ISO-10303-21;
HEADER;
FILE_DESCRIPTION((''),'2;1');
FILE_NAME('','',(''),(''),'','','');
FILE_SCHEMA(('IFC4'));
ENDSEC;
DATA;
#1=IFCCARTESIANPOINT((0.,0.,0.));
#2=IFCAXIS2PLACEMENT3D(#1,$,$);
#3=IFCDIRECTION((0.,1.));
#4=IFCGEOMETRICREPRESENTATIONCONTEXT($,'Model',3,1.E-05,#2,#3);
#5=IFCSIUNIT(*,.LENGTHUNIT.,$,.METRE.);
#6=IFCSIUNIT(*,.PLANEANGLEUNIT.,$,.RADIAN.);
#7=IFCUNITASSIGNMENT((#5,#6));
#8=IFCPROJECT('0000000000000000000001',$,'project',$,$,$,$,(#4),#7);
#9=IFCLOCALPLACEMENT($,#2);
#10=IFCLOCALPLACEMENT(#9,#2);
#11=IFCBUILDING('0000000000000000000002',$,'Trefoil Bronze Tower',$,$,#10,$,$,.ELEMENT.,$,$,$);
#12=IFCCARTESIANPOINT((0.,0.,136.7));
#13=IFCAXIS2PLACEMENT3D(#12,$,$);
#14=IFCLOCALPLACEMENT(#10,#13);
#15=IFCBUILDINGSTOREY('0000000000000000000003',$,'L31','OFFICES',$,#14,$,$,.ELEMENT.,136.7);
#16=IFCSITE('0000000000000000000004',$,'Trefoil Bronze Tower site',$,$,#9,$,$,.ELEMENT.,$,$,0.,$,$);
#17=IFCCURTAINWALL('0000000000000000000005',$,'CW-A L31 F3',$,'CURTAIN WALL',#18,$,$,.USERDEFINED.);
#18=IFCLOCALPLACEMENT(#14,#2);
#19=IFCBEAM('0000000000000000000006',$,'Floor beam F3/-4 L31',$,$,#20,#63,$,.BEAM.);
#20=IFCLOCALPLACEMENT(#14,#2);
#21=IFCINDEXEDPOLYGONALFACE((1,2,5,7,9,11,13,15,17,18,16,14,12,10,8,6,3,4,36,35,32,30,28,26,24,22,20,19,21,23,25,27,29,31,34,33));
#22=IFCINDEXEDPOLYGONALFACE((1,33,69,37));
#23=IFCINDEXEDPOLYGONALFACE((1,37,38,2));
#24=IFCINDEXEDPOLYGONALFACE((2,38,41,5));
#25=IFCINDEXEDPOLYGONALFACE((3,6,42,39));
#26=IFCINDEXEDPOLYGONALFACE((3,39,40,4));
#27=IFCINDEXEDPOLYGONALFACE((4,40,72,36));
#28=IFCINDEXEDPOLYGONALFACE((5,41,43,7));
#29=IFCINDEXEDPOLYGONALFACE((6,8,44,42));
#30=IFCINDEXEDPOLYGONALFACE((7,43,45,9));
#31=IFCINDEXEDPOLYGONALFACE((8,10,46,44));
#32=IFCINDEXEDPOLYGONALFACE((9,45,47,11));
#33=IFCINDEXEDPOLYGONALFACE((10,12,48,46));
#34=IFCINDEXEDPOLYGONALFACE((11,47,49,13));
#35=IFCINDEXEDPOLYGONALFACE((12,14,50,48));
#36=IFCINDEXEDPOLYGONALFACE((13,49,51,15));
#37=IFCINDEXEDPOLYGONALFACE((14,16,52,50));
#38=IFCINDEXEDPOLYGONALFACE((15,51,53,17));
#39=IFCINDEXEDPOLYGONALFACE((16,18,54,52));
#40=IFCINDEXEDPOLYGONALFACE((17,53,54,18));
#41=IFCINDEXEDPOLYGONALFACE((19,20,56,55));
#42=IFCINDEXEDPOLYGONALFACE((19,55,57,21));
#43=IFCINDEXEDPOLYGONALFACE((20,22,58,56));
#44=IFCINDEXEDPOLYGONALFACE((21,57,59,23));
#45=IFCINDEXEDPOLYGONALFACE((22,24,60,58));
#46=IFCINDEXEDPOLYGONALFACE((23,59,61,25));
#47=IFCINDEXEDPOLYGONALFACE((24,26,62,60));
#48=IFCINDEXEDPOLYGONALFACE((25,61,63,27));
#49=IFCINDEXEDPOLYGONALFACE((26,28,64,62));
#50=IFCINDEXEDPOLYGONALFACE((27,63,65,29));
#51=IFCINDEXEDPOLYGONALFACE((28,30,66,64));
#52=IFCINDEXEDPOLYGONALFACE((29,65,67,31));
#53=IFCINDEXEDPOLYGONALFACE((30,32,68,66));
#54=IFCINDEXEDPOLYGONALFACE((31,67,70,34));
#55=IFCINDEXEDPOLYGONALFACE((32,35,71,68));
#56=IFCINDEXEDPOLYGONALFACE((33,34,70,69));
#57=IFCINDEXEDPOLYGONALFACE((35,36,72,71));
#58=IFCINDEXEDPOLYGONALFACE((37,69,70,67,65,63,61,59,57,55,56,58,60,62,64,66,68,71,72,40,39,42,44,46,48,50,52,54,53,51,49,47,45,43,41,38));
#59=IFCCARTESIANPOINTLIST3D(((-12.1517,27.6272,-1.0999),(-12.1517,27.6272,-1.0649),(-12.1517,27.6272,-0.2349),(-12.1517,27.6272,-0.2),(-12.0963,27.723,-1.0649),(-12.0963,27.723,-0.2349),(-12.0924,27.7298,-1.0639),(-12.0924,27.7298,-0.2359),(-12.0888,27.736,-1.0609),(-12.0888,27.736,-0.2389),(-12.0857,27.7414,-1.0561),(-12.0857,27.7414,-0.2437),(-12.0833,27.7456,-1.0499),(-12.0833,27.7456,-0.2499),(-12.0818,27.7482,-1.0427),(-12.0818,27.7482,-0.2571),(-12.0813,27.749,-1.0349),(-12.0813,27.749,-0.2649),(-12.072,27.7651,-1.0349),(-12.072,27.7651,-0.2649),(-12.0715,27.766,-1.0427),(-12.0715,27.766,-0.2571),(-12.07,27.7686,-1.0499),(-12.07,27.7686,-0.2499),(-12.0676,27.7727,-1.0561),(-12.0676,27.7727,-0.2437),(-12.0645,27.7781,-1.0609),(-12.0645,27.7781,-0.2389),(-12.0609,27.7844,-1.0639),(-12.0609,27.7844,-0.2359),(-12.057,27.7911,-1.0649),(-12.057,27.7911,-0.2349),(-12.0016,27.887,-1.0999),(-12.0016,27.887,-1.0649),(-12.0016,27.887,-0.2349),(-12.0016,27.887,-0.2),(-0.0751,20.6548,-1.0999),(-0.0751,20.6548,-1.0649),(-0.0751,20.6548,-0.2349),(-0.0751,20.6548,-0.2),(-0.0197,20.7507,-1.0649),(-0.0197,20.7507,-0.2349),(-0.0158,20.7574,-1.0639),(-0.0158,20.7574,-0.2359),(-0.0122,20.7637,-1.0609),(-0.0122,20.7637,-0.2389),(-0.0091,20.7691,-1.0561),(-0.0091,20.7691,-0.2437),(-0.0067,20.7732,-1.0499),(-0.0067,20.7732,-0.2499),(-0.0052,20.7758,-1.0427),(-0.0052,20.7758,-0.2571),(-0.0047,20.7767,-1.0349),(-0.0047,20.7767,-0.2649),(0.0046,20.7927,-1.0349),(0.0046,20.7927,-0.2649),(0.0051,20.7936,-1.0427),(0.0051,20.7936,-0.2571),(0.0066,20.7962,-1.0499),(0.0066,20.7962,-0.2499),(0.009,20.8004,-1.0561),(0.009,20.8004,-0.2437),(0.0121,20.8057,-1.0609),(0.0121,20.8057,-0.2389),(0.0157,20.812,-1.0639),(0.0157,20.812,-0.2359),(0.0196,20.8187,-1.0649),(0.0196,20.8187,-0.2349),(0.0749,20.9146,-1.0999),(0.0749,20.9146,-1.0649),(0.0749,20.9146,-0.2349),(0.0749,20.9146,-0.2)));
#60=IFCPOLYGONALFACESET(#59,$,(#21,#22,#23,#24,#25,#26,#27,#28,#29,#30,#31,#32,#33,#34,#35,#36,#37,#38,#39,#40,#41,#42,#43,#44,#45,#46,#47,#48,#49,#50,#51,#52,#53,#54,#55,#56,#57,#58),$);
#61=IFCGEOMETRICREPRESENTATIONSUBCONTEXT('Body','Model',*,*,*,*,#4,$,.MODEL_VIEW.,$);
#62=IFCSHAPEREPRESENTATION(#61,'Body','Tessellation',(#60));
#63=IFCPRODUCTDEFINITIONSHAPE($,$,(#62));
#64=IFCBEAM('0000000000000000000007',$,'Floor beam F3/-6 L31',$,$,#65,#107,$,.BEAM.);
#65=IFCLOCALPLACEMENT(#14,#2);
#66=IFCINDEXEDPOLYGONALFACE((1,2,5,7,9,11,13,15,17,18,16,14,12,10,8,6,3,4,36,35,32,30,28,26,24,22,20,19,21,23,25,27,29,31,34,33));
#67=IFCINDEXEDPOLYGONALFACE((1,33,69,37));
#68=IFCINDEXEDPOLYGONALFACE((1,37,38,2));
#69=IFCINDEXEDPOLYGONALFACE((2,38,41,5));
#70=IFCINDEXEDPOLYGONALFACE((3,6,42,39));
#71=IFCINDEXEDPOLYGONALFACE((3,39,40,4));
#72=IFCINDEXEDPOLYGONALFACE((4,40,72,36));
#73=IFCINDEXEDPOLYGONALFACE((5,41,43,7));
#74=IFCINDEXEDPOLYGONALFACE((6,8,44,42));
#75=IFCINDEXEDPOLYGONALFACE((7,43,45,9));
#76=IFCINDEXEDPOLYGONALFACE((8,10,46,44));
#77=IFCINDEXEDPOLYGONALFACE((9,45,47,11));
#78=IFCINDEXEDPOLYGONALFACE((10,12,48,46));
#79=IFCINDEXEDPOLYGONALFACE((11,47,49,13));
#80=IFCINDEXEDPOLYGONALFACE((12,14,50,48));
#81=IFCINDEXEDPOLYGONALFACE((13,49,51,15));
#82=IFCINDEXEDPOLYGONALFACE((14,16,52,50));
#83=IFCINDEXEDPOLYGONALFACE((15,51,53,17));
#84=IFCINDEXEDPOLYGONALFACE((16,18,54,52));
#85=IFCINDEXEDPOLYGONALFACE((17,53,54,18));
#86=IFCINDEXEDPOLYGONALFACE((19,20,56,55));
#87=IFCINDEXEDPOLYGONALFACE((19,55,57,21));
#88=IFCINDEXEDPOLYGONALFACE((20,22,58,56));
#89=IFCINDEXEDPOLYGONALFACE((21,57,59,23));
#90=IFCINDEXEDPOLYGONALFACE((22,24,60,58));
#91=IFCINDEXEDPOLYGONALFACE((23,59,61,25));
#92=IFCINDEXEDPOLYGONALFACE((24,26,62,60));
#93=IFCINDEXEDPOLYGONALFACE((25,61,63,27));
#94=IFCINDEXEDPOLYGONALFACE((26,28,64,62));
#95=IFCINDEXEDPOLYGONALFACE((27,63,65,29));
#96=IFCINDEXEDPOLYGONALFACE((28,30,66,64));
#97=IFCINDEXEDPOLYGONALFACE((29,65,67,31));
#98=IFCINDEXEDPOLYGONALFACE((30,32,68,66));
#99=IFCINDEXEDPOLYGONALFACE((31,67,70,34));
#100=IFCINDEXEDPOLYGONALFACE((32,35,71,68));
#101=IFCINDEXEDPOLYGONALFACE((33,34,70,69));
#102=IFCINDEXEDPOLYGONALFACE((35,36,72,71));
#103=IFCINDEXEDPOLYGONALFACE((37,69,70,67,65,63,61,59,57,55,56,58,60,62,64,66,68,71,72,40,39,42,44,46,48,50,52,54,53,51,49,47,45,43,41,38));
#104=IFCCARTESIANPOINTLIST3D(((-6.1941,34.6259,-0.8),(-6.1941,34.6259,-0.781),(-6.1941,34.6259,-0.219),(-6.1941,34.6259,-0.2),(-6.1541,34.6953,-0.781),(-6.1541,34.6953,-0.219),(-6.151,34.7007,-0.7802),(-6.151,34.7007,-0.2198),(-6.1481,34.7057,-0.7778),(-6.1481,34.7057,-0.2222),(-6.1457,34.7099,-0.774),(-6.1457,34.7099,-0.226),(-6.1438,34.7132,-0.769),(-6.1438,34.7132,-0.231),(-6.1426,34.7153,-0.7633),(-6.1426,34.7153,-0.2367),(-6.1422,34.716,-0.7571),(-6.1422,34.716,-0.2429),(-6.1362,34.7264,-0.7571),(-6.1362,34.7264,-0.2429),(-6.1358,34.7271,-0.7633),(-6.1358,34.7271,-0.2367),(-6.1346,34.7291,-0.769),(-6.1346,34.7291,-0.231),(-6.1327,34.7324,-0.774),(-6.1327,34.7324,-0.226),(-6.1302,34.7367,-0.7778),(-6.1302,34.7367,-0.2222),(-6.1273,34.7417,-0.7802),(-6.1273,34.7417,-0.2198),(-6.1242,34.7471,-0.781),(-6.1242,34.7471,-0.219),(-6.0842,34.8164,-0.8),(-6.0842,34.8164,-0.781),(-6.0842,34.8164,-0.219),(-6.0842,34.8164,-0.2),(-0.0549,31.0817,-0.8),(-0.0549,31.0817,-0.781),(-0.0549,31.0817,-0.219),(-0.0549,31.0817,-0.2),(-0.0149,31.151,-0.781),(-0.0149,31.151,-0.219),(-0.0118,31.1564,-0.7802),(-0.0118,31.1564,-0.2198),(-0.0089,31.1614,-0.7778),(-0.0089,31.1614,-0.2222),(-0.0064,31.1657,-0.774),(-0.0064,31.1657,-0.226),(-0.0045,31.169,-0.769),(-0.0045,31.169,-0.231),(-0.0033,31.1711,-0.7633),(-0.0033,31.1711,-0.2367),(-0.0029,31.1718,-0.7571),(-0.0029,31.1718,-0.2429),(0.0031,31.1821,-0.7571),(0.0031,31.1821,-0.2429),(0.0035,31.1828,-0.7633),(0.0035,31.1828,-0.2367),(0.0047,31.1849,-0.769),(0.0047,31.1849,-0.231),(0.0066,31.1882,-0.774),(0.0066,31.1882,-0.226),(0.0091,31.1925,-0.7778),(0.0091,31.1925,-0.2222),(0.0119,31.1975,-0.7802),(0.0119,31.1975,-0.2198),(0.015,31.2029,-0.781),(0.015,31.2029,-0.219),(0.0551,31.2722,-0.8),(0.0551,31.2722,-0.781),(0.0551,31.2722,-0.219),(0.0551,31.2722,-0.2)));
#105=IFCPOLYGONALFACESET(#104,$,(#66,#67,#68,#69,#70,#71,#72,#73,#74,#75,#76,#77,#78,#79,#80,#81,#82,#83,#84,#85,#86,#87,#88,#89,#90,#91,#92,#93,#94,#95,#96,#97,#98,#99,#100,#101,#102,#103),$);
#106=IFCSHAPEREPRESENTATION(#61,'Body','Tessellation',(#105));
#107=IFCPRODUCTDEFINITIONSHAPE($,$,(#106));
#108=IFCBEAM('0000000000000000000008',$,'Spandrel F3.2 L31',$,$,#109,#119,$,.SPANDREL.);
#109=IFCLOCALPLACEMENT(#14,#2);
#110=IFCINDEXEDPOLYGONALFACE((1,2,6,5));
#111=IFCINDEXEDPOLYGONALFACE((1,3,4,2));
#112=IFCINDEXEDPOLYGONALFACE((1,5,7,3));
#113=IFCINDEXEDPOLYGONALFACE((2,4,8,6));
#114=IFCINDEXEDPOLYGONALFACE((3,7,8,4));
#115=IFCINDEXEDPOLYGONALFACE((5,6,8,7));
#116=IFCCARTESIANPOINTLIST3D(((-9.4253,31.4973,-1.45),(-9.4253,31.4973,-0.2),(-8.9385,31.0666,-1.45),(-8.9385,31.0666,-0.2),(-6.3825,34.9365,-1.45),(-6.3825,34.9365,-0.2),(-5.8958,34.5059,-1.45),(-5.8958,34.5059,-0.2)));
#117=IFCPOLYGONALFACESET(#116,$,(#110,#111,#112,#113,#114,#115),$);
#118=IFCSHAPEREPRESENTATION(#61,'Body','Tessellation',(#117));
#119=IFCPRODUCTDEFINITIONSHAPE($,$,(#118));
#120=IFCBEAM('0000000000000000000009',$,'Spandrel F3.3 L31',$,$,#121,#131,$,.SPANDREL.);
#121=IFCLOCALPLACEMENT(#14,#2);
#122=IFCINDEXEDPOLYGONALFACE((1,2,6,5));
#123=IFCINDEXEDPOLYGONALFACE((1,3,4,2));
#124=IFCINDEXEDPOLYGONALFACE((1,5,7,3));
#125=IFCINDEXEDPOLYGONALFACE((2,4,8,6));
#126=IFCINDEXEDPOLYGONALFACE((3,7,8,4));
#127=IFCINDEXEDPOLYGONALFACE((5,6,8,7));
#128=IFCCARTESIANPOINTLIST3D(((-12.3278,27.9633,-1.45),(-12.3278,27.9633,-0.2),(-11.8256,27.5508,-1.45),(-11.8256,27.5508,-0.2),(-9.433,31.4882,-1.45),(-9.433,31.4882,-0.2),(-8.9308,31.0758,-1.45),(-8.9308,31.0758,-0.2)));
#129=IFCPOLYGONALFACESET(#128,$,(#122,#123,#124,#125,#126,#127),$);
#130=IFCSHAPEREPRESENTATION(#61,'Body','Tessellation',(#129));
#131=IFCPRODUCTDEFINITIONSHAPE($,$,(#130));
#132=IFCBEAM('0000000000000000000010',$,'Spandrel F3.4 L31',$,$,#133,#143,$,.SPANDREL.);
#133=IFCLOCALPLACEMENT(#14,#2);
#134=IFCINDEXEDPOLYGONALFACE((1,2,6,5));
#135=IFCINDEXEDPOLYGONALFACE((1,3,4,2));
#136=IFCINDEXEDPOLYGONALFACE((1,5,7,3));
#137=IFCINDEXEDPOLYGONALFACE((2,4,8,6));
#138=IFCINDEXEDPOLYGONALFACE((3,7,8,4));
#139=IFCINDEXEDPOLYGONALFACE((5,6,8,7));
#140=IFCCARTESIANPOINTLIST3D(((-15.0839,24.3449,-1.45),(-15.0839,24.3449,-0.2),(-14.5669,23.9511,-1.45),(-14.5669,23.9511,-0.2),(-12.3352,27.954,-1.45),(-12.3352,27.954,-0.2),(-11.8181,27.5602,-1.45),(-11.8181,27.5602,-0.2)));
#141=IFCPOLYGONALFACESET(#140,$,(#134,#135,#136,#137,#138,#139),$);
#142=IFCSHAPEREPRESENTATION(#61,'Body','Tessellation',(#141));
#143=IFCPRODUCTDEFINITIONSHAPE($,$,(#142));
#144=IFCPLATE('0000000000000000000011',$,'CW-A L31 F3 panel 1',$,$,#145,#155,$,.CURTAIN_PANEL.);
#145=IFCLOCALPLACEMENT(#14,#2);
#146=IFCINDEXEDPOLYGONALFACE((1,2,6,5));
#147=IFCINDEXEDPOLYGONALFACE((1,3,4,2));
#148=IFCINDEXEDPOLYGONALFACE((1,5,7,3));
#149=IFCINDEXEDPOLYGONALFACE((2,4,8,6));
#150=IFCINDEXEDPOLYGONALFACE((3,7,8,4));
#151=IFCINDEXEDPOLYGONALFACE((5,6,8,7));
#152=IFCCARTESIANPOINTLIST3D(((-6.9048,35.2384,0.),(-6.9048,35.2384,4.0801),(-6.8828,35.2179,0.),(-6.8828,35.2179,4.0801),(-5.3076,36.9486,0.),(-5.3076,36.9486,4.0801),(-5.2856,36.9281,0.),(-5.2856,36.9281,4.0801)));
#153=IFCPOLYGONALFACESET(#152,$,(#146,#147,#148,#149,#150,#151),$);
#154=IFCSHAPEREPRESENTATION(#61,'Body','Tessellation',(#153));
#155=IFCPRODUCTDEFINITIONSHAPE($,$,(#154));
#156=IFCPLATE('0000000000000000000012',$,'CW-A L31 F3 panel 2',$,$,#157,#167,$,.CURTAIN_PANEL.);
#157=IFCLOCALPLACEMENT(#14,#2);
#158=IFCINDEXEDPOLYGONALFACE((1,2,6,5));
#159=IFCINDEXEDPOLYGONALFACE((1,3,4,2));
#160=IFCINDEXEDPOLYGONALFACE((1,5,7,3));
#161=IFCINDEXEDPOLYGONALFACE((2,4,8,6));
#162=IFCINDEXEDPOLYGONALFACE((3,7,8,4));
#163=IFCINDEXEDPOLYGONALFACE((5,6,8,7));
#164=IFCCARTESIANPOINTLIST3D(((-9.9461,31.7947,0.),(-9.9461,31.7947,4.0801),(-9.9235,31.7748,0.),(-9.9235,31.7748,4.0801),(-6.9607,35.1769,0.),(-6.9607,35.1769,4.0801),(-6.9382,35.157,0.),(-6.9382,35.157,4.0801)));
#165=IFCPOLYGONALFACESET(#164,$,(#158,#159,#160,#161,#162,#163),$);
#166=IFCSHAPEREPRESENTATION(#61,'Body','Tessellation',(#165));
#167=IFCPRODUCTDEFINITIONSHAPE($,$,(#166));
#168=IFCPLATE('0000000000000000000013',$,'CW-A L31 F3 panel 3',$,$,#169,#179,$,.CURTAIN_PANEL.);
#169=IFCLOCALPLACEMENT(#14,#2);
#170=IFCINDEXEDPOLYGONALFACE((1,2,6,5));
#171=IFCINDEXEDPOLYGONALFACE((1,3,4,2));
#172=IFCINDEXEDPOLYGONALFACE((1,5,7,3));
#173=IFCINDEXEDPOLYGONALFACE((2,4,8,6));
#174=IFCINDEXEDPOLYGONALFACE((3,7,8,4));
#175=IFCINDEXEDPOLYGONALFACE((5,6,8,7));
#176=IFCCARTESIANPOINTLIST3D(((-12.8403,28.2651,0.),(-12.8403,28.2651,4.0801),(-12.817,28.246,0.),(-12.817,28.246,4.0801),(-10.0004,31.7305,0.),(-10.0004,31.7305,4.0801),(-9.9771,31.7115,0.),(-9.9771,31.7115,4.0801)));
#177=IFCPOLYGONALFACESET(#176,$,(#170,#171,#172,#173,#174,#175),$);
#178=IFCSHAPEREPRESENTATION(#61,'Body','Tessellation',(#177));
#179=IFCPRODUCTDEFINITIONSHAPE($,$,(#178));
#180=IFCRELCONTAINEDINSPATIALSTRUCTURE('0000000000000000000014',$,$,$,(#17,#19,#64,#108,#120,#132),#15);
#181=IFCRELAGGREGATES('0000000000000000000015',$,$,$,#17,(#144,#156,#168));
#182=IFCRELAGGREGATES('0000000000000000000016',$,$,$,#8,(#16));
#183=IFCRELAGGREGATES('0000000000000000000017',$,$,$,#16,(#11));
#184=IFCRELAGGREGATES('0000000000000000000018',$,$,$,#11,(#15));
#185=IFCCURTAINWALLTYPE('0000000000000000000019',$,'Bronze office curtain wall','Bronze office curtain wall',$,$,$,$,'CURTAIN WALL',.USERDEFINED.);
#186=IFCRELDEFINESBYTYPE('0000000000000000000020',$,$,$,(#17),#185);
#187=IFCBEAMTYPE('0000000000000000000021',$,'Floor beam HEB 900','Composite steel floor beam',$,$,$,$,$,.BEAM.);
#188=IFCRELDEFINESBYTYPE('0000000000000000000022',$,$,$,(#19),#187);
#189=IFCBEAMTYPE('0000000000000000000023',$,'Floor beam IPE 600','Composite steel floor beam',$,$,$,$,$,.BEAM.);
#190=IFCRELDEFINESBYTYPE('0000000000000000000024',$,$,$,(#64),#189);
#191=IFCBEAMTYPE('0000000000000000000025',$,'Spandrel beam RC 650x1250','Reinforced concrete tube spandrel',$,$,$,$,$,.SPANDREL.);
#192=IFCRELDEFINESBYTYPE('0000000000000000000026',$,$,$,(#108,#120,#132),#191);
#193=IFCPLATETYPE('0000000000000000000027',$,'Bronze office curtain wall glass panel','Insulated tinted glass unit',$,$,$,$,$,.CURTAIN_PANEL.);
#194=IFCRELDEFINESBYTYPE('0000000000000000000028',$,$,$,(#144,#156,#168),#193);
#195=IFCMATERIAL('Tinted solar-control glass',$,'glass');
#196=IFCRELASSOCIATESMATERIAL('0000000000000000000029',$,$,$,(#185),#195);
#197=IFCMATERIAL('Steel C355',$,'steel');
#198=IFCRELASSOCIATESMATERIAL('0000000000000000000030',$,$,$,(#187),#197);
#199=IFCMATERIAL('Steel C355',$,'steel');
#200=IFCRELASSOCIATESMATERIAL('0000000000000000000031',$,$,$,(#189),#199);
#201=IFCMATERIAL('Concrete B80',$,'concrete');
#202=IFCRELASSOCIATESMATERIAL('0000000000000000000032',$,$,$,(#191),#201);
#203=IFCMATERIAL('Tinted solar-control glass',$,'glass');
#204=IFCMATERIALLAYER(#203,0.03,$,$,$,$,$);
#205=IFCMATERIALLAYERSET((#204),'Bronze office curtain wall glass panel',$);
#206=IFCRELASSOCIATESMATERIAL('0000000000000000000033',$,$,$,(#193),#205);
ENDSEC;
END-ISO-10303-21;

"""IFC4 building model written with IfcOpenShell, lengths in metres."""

from ifc_helpers import new_model, si_unit, direction, frame, origin, origin_2d, place, context, subcontext, project, spatial, rectangle, i_section, extrude, material, layer, layer_set, material_profile, profile_set, type_object, element, aggregate, save


model = new_model("IFC4")

# Units and contexts
model_context = context("Model", 3, precision=1e-05, world=origin(), true_north=direction((0.0, 1.0)))
body_context = subcontext(model_context, "Body", "Model", "MODEL_VIEW")
ifc_project = project(units=[si_unit("LENGTHUNIT", "METRE"), si_unit("PLANEANGLEUNIT", "RADIAN")], contexts=[model_context])

# Site, building, storey
site_placement = place(None, origin())
site = spatial("IfcSite", under=ifc_project, at=site_placement, Name="Trefoil Bronze Tower site", CompositionType="ELEMENT", RefElevation=0.0)
building_placement = place(site_placement, origin())
building = spatial("IfcBuilding", under=site, at=building_placement, Name="Trefoil Bronze Tower", CompositionType="ELEMENT")
storey_placement = place(building_placement, frame((0.0, 0.0, 136.7)))
storey = spatial("IfcBuildingStorey", under=building, at=storey_placement, Name="L31", Description="OFFICES", CompositionType="ELEMENT", Elevation=136.7)

# Curtain wall
ifc_material_1 = material(Name="Tinted solar-control glass", Category="glass")
curtain_wall_type_1 = type_object("IfcCurtainWallType", Name="Bronze office curtain wall", Description="Bronze office curtain wall", ElementType="CURTAIN WALL", PredefinedType="USERDEFINED", material=ifc_material_1)
curtain_wall_1_placement = place(storey_placement, origin())
curtain_wall_1 = element("IfcCurtainWall", 1, at=curtain_wall_1_placement, inside=storey, type_object=curtain_wall_type_1, Name="CW-A L31 F3", ObjectType="CURTAIN WALL", PredefinedType="USERDEFINED")

# Beams
ifc_material_2 = material(Name="Steel C355", Category="steel")
ifc_material_profile_1 = material_profile(ifc_material_2, i_section(OverallWidth=0.3, OverallDepth=0.8999, WebThickness=0.0186, FlangeThickness=0.0349, FilletRadius=0.03, at=origin_2d()), Name="HEB 900")
ifc_profile_set_1 = profile_set([ifc_material_profile_1], Name="Steel C355")
beam_type_1 = type_object("IfcBeamType", Name="Floor beam HEB 900", Description="Composite steel floor beam", PredefinedType="BEAM", material=ifc_profile_set_1)
beam_1_placement = place(storey_placement, frame((-12.0767, 27.7571, -0.6499), z_axis=(0.866027, -0.499997, 0.0), x_axis=(0.499997, 0.866027, 0.0)))
element("IfcBeam", 2, at=beam_1_placement, inside=storey, type_object=beam_type_1, Name="Floor beam F3/-4 L31", PredefinedType="BEAM", context=body_context, shape_type="SweptSolid", body=[
    extrude(i_section(OverallWidth=0.3, OverallDepth=0.8999, WebThickness=0.0186, FlangeThickness=0.0349, FilletRadius=0.03, at=origin_2d()), origin(), (0.0, 0.0, 1.0), 13.9448),
])
ifc_material_3 = material(Name="Steel C355", Category="steel")
ifc_material_profile_2 = material_profile(ifc_material_3, i_section(OverallWidth=0.22, OverallDepth=0.6001, WebThickness=0.012, FlangeThickness=0.019, FilletRadius=0.0239, at=origin_2d()), Name="IPE 600")
ifc_profile_set_2 = profile_set([ifc_material_profile_2], Name="Steel C355")
beam_type_2 = type_object("IfcBeamType", Name="Floor beam IPE 600", Description="Composite steel floor beam", PredefinedType="BEAM", material=ifc_profile_set_2)
beam_2_placement = place(storey_placement, frame((-6.1392, 34.7212, -0.5), z_axis=(0.866041, -0.499973, 0.0), x_axis=(0.499973, 0.866041, 0.0)))
element("IfcBeam", 3, at=beam_2_placement, inside=storey, type_object=beam_type_2, Name="Floor beam F3/-6 L31", PredefinedType="BEAM", context=body_context, shape_type="SweptSolid", body=[
    extrude(i_section(OverallWidth=0.22, OverallDepth=0.6001, WebThickness=0.012, FlangeThickness=0.019, FilletRadius=0.0239, at=origin_2d()), origin(), (0.0, 0.0, 1.0), 7.0889),
])
ifc_material_4 = material(Name="Concrete B80", Category="concrete")
ifc_material_profile_3 = material_profile(ifc_material_4, rectangle(XDim=0.6499, YDim=1.25, at=origin_2d()), Name="RC 650x1250")
ifc_profile_set_3 = profile_set([ifc_material_profile_3], Name="Concrete B80")
beam_type_3 = type_object("IfcBeamType", Name="Spandrel beam RC 650x1250", Description="Reinforced concrete tube spandrel", PredefinedType="SPANDREL", material=ifc_profile_set_3)
beam_3_placement = place(storey_placement, frame((-6.1392, 34.7212, -0.825), z_axis=(-0.662616, -0.748959, 0.0), x_axis=(0.748959, -0.662616, 0.0)))
element("IfcBeam", 4, at=beam_3_placement, inside=storey, type_object=beam_type_3, Name="Spandrel F3.2 L31", PredefinedType="SPANDREL", context=body_context, shape_type="SweptSolid", body=[
    extrude(rectangle(XDim=0.6499, YDim=1.25, at=origin_2d()), origin(), (0.0, 0.0, 1.0), 4.592),
])
beam_4_placement = place(storey_placement, frame((-9.1819, 31.282, -0.825), z_axis=(-0.63465, -0.772799, 0.0), x_axis=(0.772799, -0.63465, 0.0)))
element("IfcBeam", 5, at=beam_4_placement, inside=storey, type_object=beam_type_3, Name="Spandrel F3.3 L31", PredefinedType="SPANDREL", context=body_context, shape_type="SweptSolid", body=[
    extrude(rectangle(XDim=0.6499, YDim=1.25, at=origin_2d()), origin(), (0.0, 0.0, 1.0), 4.5613),
])
beam_5_placement = place(storey_placement, frame((-12.0767, 27.7571, -0.825), z_axis=(-0.605899, -0.795542, 0.0), x_axis=(0.795542, -0.605899, 0.0)))
element("IfcBeam", 6, at=beam_5_placement, inside=storey, type_object=beam_type_3, Name="Spandrel F3.4 L31", PredefinedType="SPANDREL", context=body_context, shape_type="SweptSolid", body=[
    extrude(rectangle(XDim=0.6499, YDim=1.25, at=origin_2d()), origin(), (0.0, 0.0, 1.0), 4.5366),
])

# Plates
ifc_material_5 = material(Name="Tinted solar-control glass", Category="glass")
ifc_layer_1 = layer(ifc_material_5, 0.03)
ifc_layer_set_1 = layer_set([ifc_layer_1], Name="Bronze office curtain wall glass panel")
plate_type_1 = type_object("IfcPlateType", Name="Bronze office curtain wall glass panel", Description="Insulated tinted glass unit", PredefinedType="CURTAIN_PANEL", material=ifc_layer_set_1)
plate_1_placement = place(storey_placement, frame((-6.0952, 36.0833, 0.0), z_axis=(0.0, 0.0, 1.0), x_axis=(-0.682536, -0.730852, 0.0)))
plate_1 = element("IfcPlate", 7, at=plate_1_placement, type_object=plate_type_1, Name="CW-A L31 F3 panel 1", PredefinedType="CURTAIN_PANEL", context=body_context, shape_type="SweptSolid", body=[
    extrude(rectangle(XDim=2.3401, YDim=0.03, at=origin_2d()), origin(), (0.0, 0.0, 1.0), 4.0801),
])
plate_2_placement = place(storey_placement, frame((-8.4421, 33.4758, 0.0), z_axis=(0.0, 0.0, 1.0), x_axis=(-0.661751, -0.749723, 0.0)))
plate_2 = element("IfcPlate", 8, at=plate_2_placement, type_object=plate_type_1, Name="CW-A L31 F3 panel 2", PredefinedType="CURTAIN_PANEL", context=body_context, shape_type="SweptSolid", body=[
    extrude(rectangle(XDim=4.5112, YDim=0.03, at=origin_2d()), origin(), (0.0, 0.0, 1.0), 4.0801),
])
plate_3_placement = place(storey_placement, frame((-11.4087, 29.9883, 0.0), z_axis=(0.0, 0.0, 1.0), x_axis=(-0.63384, -0.773464, 0.0)))
plate_3 = element("IfcPlate", 9, at=plate_3_placement, type_object=plate_type_1, Name="CW-A L31 F3 panel 3", PredefinedType="CURTAIN_PANEL", context=body_context, shape_type="SweptSolid", body=[
    extrude(rectangle(XDim=4.4805, YDim=0.03, at=origin_2d()), origin(), (0.0, 0.0, 1.0), 4.0801),
])
aggregate(curtain_wall_1, [plate_1, plate_2, plate_3])

save(model, "model.ifc")
